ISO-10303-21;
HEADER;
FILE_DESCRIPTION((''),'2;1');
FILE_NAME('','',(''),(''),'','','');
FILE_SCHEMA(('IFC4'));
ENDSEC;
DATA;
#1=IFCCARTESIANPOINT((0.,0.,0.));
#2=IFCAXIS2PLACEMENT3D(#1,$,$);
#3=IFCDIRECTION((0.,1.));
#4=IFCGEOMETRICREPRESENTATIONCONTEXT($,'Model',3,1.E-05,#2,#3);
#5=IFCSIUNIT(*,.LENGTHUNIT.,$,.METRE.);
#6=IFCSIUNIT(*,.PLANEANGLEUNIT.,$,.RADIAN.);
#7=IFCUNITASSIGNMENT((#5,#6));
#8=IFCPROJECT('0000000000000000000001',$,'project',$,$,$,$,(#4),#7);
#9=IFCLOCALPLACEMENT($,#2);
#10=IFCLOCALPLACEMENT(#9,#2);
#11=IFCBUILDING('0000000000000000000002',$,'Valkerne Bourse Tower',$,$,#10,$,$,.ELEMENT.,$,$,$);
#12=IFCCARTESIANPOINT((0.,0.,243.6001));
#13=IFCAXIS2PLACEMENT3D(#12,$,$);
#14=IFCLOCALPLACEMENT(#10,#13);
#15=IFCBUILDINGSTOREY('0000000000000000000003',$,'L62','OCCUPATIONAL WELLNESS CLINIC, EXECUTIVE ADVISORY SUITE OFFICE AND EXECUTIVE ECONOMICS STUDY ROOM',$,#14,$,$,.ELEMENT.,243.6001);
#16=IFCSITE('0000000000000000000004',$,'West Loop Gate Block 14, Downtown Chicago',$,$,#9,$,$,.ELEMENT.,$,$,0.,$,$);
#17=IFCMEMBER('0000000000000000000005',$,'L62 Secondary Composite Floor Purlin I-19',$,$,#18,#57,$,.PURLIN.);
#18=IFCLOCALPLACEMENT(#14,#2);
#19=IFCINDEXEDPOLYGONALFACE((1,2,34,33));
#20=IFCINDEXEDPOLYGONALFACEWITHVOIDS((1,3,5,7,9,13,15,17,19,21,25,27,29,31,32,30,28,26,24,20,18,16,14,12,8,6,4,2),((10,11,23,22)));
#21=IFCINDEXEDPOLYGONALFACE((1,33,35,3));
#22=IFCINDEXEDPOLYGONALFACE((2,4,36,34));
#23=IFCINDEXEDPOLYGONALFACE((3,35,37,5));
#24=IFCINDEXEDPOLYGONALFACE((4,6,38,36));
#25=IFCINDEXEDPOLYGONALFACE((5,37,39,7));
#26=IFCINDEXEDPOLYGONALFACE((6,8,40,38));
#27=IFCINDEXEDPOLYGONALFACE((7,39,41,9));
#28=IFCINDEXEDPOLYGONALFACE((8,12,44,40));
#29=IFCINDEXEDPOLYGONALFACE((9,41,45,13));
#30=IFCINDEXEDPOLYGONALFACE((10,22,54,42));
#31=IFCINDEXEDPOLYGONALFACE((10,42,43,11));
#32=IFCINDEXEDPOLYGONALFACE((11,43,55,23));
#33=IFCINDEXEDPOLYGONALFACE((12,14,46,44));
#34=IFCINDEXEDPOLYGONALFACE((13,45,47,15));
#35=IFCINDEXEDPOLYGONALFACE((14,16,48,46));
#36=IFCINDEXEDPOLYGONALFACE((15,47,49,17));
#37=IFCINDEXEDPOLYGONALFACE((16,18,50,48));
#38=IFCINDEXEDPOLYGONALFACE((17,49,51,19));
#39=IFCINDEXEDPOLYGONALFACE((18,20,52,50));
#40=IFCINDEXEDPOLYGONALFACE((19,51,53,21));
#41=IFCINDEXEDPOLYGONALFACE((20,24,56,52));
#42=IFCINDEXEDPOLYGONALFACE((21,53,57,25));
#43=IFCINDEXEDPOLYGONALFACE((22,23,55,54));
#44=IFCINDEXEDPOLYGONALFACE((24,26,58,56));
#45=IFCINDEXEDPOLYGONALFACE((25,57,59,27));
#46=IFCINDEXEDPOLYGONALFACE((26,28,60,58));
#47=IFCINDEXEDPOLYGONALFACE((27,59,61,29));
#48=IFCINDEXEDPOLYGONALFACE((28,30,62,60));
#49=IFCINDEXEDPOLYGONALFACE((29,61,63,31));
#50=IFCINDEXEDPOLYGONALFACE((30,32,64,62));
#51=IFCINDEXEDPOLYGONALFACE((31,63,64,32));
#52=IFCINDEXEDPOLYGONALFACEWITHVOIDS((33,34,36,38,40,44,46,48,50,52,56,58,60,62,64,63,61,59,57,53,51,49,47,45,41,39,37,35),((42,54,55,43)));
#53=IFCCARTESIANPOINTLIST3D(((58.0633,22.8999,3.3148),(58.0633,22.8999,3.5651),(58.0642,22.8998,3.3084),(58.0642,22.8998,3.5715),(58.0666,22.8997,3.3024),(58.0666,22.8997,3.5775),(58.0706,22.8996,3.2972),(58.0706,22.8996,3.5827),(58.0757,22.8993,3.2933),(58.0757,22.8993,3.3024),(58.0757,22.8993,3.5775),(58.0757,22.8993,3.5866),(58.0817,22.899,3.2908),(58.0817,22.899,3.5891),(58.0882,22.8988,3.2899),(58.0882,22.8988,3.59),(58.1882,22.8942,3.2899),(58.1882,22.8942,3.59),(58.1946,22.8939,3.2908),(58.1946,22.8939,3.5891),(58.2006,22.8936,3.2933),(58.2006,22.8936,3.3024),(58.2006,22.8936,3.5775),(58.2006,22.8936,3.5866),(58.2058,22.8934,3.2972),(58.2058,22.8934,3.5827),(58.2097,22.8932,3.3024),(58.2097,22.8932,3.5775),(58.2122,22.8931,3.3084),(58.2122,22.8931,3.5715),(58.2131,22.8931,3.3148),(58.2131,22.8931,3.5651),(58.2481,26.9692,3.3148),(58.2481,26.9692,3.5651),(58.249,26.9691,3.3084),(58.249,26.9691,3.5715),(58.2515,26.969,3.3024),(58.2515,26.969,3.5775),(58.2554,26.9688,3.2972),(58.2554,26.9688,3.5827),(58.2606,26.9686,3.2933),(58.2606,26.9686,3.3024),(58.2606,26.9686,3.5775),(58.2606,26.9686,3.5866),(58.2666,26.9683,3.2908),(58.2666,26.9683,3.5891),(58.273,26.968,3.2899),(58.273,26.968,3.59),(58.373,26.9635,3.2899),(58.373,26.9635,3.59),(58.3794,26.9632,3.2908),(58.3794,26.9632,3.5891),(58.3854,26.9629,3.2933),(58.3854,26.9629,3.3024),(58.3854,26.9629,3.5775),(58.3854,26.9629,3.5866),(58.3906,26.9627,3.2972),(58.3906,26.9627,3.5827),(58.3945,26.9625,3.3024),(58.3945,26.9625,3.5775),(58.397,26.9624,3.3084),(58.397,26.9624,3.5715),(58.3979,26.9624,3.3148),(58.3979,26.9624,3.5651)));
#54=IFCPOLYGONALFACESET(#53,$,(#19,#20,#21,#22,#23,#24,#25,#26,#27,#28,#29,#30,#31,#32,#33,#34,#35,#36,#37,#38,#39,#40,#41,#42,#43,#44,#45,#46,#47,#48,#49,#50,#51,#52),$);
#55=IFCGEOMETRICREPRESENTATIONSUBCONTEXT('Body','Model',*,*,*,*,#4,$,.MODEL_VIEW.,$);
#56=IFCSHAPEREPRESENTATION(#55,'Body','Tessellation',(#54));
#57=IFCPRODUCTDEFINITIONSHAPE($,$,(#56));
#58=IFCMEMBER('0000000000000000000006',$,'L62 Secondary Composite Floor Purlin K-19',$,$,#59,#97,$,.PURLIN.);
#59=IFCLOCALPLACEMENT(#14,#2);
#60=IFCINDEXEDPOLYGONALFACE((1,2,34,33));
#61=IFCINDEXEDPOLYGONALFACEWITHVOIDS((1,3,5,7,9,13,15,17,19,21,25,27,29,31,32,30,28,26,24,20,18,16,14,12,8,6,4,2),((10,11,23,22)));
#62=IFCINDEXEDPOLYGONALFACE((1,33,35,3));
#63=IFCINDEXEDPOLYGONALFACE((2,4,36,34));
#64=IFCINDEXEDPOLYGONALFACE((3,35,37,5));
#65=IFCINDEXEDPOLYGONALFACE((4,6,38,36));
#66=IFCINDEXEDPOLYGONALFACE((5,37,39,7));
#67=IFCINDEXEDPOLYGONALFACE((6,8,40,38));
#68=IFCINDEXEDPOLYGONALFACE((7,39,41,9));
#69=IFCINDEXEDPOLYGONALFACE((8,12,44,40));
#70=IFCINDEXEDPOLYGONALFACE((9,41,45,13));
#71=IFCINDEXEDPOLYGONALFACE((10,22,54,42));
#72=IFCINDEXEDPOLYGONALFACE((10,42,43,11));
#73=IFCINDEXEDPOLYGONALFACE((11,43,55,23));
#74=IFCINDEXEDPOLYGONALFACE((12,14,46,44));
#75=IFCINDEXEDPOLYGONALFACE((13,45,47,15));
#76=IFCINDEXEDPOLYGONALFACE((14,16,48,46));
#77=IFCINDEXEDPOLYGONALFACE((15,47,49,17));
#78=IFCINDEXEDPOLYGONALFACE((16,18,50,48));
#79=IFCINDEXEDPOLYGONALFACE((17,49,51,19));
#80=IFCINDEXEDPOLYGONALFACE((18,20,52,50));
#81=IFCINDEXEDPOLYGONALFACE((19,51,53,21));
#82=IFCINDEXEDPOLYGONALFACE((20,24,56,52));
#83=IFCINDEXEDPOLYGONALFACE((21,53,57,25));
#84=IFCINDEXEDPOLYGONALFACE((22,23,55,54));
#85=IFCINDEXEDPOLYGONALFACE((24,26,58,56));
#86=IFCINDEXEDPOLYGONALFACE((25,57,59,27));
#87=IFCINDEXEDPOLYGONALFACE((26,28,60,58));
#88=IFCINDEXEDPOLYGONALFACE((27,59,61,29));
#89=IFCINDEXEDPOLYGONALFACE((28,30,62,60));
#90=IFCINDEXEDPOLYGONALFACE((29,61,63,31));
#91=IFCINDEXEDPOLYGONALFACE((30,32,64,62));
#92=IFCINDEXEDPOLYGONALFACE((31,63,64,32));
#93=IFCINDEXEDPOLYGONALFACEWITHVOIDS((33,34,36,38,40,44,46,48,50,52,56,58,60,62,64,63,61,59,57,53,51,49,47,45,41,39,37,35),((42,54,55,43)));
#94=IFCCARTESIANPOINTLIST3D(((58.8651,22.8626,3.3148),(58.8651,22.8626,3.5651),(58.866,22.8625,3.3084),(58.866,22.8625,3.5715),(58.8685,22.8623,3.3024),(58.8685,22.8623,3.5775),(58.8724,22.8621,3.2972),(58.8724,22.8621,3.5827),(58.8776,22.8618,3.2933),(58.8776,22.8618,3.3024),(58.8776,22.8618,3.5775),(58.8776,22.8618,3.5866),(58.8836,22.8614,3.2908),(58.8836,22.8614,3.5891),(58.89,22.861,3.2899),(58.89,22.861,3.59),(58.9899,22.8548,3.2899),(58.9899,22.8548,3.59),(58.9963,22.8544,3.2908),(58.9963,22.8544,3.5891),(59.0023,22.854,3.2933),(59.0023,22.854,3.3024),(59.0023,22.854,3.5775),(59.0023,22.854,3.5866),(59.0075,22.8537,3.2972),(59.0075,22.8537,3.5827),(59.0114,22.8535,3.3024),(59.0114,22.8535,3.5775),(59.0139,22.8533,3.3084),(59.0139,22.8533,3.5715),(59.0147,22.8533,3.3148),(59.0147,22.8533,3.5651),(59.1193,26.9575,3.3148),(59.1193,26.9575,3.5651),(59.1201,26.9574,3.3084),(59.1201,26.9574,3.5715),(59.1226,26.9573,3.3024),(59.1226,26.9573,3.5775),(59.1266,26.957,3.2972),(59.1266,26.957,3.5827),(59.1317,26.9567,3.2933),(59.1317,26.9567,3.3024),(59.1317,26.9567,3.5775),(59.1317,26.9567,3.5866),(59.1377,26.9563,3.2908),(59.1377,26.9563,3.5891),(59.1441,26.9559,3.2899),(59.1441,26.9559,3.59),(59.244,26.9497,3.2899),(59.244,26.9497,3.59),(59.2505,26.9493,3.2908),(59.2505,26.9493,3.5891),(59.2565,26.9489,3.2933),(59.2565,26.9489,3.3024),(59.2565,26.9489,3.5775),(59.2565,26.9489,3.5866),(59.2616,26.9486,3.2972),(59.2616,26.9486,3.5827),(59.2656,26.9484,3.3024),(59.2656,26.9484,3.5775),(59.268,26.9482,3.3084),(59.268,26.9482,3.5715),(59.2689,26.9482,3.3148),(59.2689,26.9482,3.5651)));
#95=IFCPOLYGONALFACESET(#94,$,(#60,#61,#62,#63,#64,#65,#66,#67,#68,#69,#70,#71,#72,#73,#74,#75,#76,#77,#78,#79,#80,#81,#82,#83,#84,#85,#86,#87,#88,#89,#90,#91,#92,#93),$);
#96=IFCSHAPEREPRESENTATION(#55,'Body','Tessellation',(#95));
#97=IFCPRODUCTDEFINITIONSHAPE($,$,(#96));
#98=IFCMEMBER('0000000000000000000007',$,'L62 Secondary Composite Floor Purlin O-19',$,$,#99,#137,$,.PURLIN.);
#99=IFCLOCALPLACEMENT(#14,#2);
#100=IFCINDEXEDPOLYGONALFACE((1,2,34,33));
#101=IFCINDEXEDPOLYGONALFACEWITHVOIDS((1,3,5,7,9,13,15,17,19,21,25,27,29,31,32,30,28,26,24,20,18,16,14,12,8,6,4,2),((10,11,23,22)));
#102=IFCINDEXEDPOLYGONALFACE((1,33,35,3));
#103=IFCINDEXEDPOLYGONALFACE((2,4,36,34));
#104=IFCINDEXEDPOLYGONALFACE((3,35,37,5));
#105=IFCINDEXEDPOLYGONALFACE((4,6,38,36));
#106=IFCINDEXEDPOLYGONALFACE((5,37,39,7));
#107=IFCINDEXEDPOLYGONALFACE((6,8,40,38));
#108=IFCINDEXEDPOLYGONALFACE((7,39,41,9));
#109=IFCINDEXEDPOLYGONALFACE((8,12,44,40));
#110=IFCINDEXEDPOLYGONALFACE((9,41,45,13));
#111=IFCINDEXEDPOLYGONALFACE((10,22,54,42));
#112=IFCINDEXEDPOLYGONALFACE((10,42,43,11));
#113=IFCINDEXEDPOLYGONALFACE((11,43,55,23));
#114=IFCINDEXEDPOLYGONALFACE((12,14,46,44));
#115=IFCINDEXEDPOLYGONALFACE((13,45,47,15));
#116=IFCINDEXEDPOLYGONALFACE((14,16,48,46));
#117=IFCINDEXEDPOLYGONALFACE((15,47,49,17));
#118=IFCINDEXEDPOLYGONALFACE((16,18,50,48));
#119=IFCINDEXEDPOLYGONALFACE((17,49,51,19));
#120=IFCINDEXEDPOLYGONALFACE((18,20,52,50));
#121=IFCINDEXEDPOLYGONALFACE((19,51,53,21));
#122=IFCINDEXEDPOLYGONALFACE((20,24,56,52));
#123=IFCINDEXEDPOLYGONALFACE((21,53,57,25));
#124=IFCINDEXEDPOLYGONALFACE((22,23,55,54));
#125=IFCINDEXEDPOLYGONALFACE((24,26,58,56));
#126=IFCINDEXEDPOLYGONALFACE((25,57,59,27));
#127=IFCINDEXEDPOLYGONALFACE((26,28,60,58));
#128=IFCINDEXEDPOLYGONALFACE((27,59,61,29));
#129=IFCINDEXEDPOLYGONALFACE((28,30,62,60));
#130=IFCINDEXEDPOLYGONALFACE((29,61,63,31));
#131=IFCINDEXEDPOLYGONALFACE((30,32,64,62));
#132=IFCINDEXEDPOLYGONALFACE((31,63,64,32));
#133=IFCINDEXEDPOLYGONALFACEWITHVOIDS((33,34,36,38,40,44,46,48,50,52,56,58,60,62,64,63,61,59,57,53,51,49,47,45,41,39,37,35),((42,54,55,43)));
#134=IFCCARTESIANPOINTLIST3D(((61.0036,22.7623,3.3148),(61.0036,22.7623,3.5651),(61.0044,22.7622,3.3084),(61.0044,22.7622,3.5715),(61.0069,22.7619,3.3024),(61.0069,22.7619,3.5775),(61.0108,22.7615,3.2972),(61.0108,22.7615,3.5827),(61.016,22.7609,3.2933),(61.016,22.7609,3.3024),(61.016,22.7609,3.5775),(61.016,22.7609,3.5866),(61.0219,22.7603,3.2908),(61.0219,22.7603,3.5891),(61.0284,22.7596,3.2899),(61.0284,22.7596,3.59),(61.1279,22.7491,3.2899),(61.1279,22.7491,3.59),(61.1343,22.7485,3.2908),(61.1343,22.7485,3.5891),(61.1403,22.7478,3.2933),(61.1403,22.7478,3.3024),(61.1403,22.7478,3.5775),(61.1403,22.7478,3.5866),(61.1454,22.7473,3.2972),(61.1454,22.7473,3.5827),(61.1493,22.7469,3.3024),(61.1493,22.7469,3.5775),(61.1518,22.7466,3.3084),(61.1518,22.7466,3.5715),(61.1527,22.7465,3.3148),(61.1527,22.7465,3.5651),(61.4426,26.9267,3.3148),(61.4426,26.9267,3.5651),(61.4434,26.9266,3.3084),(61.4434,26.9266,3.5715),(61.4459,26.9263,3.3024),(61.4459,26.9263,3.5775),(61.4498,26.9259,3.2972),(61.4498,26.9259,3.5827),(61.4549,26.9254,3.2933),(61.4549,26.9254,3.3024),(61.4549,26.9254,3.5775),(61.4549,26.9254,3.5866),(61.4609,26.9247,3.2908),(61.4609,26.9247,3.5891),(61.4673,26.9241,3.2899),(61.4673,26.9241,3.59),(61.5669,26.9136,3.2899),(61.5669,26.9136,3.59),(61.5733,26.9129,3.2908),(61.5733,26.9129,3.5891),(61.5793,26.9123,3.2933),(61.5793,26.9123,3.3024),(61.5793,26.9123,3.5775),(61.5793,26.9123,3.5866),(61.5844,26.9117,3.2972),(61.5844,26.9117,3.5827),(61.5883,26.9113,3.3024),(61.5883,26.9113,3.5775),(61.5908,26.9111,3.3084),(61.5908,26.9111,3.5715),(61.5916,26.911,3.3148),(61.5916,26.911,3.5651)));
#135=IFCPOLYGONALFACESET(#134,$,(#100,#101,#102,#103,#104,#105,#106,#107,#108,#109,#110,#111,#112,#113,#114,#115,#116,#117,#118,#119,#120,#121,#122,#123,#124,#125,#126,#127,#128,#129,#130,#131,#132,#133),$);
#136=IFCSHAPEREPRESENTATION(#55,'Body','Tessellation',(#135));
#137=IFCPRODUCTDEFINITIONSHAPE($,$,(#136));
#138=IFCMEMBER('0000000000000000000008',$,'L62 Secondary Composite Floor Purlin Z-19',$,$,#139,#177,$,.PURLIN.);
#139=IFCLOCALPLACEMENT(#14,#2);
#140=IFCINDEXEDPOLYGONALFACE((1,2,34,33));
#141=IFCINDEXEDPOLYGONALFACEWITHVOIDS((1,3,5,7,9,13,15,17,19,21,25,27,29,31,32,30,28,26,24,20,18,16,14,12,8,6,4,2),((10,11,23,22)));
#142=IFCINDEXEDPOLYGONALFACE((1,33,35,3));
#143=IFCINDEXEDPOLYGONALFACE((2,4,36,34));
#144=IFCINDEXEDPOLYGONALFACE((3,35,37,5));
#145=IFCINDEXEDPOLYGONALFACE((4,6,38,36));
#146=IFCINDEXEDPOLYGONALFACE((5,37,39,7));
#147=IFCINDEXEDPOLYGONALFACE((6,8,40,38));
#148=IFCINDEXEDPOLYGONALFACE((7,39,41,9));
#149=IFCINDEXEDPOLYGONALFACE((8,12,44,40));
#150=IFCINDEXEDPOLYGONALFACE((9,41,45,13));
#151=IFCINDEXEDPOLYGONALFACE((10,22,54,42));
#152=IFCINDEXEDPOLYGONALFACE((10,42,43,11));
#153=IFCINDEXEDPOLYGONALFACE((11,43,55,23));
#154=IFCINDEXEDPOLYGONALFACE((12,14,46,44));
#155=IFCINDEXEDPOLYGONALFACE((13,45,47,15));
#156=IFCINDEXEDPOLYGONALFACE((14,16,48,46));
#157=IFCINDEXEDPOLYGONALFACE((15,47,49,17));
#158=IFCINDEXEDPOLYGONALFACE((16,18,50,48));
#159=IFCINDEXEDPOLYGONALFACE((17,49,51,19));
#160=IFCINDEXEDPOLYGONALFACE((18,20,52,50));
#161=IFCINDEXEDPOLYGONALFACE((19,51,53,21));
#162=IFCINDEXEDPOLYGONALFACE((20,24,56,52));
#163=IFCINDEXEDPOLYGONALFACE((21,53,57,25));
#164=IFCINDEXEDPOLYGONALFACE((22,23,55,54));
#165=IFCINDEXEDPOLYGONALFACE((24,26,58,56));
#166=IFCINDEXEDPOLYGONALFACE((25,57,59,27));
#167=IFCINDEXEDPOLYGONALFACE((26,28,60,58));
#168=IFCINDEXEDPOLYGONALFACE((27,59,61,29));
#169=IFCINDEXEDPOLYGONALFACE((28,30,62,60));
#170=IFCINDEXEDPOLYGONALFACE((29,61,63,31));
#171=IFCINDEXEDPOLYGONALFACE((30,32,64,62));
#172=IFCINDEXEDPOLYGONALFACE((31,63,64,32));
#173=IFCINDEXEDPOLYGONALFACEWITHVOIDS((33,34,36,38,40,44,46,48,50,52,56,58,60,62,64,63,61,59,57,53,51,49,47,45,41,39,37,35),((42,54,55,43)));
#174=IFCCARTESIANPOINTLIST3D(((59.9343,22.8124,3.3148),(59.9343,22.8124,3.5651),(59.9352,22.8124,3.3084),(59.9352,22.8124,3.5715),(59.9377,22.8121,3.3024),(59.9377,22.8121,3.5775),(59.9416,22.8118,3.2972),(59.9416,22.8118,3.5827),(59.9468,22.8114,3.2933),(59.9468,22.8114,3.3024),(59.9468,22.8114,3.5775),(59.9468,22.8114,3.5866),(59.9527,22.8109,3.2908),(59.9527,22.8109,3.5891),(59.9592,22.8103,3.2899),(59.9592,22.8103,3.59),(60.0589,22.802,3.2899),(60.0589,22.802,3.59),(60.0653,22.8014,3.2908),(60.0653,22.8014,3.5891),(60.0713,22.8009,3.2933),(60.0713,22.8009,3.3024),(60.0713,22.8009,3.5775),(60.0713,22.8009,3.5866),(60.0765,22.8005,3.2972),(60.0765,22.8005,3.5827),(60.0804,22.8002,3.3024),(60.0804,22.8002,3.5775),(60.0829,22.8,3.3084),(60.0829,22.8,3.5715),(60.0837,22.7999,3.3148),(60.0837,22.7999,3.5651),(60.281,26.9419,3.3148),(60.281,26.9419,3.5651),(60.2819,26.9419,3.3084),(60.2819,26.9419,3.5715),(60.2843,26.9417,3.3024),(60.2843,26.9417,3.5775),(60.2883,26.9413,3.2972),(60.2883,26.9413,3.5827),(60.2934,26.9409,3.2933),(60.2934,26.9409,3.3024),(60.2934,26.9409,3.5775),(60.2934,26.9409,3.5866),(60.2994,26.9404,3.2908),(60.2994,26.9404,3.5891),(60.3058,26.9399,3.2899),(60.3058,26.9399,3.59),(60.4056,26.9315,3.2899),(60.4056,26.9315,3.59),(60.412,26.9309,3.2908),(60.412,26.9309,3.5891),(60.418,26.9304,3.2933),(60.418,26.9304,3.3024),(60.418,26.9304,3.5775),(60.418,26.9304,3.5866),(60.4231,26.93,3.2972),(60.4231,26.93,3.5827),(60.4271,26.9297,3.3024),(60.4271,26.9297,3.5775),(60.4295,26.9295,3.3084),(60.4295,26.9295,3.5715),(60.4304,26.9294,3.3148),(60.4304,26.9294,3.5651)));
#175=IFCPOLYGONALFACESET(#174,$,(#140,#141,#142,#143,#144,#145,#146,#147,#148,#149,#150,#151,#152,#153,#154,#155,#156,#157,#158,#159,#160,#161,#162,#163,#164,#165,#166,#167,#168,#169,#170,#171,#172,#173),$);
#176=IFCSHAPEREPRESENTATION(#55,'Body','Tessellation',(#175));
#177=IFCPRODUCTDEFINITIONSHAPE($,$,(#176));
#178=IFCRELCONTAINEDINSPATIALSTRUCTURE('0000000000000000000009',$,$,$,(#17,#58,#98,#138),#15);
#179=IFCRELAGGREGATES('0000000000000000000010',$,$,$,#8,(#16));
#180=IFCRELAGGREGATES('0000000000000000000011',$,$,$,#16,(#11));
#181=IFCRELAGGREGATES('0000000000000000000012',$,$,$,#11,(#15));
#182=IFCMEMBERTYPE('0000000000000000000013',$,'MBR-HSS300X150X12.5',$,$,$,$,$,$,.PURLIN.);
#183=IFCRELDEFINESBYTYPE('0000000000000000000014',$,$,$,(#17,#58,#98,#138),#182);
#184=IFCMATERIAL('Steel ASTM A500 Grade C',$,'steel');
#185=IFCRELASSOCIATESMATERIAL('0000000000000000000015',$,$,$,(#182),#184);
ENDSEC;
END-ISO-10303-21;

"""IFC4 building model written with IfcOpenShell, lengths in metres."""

from ifc_helpers import new_model, si_unit, direction, frame, origin, origin_2d, place, context, subcontext, project, spatial, hollow_rectangle, extrude, material, material_profile, profile_set, type_object, element, save


model = new_model("IFC4")

# Units and contexts
model_context = context("Model", 3, precision=1e-05, world=origin(), true_north=direction((0.0, 1.0)))
body_context = subcontext(model_context, "Body", "Model", "MODEL_VIEW")
ifc_project = project(units=[si_unit("LENGTHUNIT", "METRE"), si_unit("PLANEANGLEUNIT", "RADIAN")], contexts=[model_context])

# Site, building, storey
site_placement = place(None, origin())
site = spatial("IfcSite", under=ifc_project, at=site_placement, Name="West Loop Gate Block 14, Downtown Chicago", CompositionType="ELEMENT", RefElevation=0.0)
building_placement = place(site_placement, origin())
building = spatial("IfcBuilding", under=site, at=building_placement, Name="Valkerne Bourse Tower", CompositionType="ELEMENT")
storey_placement = place(building_placement, frame((0.0, 0.0, 243.6001)))
storey = spatial("IfcBuildingStorey", under=building, at=storey_placement, Name="L62", Description="OCCUPATIONAL WELLNESS CLINIC, EXECUTIVE ADVISORY SUITE OFFICE AND EXECUTIVE ECONOMICS STUDY ROOM", CompositionType="ELEMENT", Elevation=243.6001)

# Members
ifc_material_1 = material(Name="Steel ASTM A500 Grade C", Category="steel")
ifc_material_profile_1 = material_profile(ifc_material_1, hollow_rectangle(XDim=0.1499, YDim=0.3, WallThickness=0.0125, OuterFilletRadius=0.0249, at=origin_2d()), Name="HSS300X150X12.5")
ifc_profile_set_1 = profile_set([ifc_material_profile_1], Name="Steel ASTM A500 Grade C")
member_type_1 = type_object("IfcMemberType", Name="MBR-HSS300X150X12.5", PredefinedType="PURLIN", material=ifc_profile_set_1)
member_1_placement = place(storey_placement, frame((58.1382, 22.8965, 3.4399), z_axis=(0.04537, 0.99897, 0.0), x_axis=(-0.99897, 0.04537, 0.0)))
element("IfcMember", 1, at=member_1_placement, inside=storey, type_object=member_type_1, Name="L62 Secondary Composite Floor Purlin I-19", PredefinedType="PURLIN", context=body_context, shape_type="SweptSolid", body=[
    extrude(hollow_rectangle(XDim=0.1499, YDim=0.3, WallThickness=0.0125, OuterFilletRadius=0.0249, at=origin_2d()), origin(), (0.0, 0.0, 1.0), 4.0735),
])
member_2_placement = place(storey_placement, frame((58.9399, 22.8579, 3.4399), z_axis=(0.061945, 0.99808, 0.0), x_axis=(-0.99808, 0.061945, 0.0)))
element("IfcMember", 2, at=member_2_placement, inside=storey, type_object=member_type_1, Name="L62 Secondary Composite Floor Purlin K-19", PredefinedType="PURLIN", context=body_context, shape_type="SweptSolid", body=[
    extrude(hollow_rectangle(XDim=0.1499, YDim=0.3, WallThickness=0.0125, OuterFilletRadius=0.0249, at=origin_2d()), origin(), (0.0, 0.0, 1.0), 4.1028),
])
member_3_placement = place(storey_placement, frame((61.0781, 22.7544, 3.4399), z_axis=(0.10483, 0.99449, 0.0), x_axis=(-0.99449, 0.10483, 0.0)))
element("IfcMember", 3, at=member_3_placement, inside=storey, type_object=member_type_1, Name="L62 Secondary Composite Floor Purlin O-19", PredefinedType="PURLIN", context=body_context, shape_type="SweptSolid", body=[
    extrude(hollow_rectangle(XDim=0.1499, YDim=0.3, WallThickness=0.0125, OuterFilletRadius=0.0249, at=origin_2d()), origin(), (0.0, 0.0, 1.0), 4.1875),
])
member_4_placement = place(storey_placement, frame((60.009, 22.8062, 3.4399), z_axis=(0.083655, 0.996495, 0.0), x_axis=(-0.996495, 0.083655, 0.0)))
element("IfcMember", 4, at=member_4_placement, inside=storey, type_object=member_type_1, Name="L62 Secondary Composite Floor Purlin Z-19", PredefinedType="PURLIN", context=body_context, shape_type="SweptSolid", body=[
    extrude(hollow_rectangle(XDim=0.1499, YDim=0.3, WallThickness=0.0125, OuterFilletRadius=0.0249, at=origin_2d()), origin(), (0.0, 0.0, 1.0), 4.144),
])

save(model, "model.ifc")
